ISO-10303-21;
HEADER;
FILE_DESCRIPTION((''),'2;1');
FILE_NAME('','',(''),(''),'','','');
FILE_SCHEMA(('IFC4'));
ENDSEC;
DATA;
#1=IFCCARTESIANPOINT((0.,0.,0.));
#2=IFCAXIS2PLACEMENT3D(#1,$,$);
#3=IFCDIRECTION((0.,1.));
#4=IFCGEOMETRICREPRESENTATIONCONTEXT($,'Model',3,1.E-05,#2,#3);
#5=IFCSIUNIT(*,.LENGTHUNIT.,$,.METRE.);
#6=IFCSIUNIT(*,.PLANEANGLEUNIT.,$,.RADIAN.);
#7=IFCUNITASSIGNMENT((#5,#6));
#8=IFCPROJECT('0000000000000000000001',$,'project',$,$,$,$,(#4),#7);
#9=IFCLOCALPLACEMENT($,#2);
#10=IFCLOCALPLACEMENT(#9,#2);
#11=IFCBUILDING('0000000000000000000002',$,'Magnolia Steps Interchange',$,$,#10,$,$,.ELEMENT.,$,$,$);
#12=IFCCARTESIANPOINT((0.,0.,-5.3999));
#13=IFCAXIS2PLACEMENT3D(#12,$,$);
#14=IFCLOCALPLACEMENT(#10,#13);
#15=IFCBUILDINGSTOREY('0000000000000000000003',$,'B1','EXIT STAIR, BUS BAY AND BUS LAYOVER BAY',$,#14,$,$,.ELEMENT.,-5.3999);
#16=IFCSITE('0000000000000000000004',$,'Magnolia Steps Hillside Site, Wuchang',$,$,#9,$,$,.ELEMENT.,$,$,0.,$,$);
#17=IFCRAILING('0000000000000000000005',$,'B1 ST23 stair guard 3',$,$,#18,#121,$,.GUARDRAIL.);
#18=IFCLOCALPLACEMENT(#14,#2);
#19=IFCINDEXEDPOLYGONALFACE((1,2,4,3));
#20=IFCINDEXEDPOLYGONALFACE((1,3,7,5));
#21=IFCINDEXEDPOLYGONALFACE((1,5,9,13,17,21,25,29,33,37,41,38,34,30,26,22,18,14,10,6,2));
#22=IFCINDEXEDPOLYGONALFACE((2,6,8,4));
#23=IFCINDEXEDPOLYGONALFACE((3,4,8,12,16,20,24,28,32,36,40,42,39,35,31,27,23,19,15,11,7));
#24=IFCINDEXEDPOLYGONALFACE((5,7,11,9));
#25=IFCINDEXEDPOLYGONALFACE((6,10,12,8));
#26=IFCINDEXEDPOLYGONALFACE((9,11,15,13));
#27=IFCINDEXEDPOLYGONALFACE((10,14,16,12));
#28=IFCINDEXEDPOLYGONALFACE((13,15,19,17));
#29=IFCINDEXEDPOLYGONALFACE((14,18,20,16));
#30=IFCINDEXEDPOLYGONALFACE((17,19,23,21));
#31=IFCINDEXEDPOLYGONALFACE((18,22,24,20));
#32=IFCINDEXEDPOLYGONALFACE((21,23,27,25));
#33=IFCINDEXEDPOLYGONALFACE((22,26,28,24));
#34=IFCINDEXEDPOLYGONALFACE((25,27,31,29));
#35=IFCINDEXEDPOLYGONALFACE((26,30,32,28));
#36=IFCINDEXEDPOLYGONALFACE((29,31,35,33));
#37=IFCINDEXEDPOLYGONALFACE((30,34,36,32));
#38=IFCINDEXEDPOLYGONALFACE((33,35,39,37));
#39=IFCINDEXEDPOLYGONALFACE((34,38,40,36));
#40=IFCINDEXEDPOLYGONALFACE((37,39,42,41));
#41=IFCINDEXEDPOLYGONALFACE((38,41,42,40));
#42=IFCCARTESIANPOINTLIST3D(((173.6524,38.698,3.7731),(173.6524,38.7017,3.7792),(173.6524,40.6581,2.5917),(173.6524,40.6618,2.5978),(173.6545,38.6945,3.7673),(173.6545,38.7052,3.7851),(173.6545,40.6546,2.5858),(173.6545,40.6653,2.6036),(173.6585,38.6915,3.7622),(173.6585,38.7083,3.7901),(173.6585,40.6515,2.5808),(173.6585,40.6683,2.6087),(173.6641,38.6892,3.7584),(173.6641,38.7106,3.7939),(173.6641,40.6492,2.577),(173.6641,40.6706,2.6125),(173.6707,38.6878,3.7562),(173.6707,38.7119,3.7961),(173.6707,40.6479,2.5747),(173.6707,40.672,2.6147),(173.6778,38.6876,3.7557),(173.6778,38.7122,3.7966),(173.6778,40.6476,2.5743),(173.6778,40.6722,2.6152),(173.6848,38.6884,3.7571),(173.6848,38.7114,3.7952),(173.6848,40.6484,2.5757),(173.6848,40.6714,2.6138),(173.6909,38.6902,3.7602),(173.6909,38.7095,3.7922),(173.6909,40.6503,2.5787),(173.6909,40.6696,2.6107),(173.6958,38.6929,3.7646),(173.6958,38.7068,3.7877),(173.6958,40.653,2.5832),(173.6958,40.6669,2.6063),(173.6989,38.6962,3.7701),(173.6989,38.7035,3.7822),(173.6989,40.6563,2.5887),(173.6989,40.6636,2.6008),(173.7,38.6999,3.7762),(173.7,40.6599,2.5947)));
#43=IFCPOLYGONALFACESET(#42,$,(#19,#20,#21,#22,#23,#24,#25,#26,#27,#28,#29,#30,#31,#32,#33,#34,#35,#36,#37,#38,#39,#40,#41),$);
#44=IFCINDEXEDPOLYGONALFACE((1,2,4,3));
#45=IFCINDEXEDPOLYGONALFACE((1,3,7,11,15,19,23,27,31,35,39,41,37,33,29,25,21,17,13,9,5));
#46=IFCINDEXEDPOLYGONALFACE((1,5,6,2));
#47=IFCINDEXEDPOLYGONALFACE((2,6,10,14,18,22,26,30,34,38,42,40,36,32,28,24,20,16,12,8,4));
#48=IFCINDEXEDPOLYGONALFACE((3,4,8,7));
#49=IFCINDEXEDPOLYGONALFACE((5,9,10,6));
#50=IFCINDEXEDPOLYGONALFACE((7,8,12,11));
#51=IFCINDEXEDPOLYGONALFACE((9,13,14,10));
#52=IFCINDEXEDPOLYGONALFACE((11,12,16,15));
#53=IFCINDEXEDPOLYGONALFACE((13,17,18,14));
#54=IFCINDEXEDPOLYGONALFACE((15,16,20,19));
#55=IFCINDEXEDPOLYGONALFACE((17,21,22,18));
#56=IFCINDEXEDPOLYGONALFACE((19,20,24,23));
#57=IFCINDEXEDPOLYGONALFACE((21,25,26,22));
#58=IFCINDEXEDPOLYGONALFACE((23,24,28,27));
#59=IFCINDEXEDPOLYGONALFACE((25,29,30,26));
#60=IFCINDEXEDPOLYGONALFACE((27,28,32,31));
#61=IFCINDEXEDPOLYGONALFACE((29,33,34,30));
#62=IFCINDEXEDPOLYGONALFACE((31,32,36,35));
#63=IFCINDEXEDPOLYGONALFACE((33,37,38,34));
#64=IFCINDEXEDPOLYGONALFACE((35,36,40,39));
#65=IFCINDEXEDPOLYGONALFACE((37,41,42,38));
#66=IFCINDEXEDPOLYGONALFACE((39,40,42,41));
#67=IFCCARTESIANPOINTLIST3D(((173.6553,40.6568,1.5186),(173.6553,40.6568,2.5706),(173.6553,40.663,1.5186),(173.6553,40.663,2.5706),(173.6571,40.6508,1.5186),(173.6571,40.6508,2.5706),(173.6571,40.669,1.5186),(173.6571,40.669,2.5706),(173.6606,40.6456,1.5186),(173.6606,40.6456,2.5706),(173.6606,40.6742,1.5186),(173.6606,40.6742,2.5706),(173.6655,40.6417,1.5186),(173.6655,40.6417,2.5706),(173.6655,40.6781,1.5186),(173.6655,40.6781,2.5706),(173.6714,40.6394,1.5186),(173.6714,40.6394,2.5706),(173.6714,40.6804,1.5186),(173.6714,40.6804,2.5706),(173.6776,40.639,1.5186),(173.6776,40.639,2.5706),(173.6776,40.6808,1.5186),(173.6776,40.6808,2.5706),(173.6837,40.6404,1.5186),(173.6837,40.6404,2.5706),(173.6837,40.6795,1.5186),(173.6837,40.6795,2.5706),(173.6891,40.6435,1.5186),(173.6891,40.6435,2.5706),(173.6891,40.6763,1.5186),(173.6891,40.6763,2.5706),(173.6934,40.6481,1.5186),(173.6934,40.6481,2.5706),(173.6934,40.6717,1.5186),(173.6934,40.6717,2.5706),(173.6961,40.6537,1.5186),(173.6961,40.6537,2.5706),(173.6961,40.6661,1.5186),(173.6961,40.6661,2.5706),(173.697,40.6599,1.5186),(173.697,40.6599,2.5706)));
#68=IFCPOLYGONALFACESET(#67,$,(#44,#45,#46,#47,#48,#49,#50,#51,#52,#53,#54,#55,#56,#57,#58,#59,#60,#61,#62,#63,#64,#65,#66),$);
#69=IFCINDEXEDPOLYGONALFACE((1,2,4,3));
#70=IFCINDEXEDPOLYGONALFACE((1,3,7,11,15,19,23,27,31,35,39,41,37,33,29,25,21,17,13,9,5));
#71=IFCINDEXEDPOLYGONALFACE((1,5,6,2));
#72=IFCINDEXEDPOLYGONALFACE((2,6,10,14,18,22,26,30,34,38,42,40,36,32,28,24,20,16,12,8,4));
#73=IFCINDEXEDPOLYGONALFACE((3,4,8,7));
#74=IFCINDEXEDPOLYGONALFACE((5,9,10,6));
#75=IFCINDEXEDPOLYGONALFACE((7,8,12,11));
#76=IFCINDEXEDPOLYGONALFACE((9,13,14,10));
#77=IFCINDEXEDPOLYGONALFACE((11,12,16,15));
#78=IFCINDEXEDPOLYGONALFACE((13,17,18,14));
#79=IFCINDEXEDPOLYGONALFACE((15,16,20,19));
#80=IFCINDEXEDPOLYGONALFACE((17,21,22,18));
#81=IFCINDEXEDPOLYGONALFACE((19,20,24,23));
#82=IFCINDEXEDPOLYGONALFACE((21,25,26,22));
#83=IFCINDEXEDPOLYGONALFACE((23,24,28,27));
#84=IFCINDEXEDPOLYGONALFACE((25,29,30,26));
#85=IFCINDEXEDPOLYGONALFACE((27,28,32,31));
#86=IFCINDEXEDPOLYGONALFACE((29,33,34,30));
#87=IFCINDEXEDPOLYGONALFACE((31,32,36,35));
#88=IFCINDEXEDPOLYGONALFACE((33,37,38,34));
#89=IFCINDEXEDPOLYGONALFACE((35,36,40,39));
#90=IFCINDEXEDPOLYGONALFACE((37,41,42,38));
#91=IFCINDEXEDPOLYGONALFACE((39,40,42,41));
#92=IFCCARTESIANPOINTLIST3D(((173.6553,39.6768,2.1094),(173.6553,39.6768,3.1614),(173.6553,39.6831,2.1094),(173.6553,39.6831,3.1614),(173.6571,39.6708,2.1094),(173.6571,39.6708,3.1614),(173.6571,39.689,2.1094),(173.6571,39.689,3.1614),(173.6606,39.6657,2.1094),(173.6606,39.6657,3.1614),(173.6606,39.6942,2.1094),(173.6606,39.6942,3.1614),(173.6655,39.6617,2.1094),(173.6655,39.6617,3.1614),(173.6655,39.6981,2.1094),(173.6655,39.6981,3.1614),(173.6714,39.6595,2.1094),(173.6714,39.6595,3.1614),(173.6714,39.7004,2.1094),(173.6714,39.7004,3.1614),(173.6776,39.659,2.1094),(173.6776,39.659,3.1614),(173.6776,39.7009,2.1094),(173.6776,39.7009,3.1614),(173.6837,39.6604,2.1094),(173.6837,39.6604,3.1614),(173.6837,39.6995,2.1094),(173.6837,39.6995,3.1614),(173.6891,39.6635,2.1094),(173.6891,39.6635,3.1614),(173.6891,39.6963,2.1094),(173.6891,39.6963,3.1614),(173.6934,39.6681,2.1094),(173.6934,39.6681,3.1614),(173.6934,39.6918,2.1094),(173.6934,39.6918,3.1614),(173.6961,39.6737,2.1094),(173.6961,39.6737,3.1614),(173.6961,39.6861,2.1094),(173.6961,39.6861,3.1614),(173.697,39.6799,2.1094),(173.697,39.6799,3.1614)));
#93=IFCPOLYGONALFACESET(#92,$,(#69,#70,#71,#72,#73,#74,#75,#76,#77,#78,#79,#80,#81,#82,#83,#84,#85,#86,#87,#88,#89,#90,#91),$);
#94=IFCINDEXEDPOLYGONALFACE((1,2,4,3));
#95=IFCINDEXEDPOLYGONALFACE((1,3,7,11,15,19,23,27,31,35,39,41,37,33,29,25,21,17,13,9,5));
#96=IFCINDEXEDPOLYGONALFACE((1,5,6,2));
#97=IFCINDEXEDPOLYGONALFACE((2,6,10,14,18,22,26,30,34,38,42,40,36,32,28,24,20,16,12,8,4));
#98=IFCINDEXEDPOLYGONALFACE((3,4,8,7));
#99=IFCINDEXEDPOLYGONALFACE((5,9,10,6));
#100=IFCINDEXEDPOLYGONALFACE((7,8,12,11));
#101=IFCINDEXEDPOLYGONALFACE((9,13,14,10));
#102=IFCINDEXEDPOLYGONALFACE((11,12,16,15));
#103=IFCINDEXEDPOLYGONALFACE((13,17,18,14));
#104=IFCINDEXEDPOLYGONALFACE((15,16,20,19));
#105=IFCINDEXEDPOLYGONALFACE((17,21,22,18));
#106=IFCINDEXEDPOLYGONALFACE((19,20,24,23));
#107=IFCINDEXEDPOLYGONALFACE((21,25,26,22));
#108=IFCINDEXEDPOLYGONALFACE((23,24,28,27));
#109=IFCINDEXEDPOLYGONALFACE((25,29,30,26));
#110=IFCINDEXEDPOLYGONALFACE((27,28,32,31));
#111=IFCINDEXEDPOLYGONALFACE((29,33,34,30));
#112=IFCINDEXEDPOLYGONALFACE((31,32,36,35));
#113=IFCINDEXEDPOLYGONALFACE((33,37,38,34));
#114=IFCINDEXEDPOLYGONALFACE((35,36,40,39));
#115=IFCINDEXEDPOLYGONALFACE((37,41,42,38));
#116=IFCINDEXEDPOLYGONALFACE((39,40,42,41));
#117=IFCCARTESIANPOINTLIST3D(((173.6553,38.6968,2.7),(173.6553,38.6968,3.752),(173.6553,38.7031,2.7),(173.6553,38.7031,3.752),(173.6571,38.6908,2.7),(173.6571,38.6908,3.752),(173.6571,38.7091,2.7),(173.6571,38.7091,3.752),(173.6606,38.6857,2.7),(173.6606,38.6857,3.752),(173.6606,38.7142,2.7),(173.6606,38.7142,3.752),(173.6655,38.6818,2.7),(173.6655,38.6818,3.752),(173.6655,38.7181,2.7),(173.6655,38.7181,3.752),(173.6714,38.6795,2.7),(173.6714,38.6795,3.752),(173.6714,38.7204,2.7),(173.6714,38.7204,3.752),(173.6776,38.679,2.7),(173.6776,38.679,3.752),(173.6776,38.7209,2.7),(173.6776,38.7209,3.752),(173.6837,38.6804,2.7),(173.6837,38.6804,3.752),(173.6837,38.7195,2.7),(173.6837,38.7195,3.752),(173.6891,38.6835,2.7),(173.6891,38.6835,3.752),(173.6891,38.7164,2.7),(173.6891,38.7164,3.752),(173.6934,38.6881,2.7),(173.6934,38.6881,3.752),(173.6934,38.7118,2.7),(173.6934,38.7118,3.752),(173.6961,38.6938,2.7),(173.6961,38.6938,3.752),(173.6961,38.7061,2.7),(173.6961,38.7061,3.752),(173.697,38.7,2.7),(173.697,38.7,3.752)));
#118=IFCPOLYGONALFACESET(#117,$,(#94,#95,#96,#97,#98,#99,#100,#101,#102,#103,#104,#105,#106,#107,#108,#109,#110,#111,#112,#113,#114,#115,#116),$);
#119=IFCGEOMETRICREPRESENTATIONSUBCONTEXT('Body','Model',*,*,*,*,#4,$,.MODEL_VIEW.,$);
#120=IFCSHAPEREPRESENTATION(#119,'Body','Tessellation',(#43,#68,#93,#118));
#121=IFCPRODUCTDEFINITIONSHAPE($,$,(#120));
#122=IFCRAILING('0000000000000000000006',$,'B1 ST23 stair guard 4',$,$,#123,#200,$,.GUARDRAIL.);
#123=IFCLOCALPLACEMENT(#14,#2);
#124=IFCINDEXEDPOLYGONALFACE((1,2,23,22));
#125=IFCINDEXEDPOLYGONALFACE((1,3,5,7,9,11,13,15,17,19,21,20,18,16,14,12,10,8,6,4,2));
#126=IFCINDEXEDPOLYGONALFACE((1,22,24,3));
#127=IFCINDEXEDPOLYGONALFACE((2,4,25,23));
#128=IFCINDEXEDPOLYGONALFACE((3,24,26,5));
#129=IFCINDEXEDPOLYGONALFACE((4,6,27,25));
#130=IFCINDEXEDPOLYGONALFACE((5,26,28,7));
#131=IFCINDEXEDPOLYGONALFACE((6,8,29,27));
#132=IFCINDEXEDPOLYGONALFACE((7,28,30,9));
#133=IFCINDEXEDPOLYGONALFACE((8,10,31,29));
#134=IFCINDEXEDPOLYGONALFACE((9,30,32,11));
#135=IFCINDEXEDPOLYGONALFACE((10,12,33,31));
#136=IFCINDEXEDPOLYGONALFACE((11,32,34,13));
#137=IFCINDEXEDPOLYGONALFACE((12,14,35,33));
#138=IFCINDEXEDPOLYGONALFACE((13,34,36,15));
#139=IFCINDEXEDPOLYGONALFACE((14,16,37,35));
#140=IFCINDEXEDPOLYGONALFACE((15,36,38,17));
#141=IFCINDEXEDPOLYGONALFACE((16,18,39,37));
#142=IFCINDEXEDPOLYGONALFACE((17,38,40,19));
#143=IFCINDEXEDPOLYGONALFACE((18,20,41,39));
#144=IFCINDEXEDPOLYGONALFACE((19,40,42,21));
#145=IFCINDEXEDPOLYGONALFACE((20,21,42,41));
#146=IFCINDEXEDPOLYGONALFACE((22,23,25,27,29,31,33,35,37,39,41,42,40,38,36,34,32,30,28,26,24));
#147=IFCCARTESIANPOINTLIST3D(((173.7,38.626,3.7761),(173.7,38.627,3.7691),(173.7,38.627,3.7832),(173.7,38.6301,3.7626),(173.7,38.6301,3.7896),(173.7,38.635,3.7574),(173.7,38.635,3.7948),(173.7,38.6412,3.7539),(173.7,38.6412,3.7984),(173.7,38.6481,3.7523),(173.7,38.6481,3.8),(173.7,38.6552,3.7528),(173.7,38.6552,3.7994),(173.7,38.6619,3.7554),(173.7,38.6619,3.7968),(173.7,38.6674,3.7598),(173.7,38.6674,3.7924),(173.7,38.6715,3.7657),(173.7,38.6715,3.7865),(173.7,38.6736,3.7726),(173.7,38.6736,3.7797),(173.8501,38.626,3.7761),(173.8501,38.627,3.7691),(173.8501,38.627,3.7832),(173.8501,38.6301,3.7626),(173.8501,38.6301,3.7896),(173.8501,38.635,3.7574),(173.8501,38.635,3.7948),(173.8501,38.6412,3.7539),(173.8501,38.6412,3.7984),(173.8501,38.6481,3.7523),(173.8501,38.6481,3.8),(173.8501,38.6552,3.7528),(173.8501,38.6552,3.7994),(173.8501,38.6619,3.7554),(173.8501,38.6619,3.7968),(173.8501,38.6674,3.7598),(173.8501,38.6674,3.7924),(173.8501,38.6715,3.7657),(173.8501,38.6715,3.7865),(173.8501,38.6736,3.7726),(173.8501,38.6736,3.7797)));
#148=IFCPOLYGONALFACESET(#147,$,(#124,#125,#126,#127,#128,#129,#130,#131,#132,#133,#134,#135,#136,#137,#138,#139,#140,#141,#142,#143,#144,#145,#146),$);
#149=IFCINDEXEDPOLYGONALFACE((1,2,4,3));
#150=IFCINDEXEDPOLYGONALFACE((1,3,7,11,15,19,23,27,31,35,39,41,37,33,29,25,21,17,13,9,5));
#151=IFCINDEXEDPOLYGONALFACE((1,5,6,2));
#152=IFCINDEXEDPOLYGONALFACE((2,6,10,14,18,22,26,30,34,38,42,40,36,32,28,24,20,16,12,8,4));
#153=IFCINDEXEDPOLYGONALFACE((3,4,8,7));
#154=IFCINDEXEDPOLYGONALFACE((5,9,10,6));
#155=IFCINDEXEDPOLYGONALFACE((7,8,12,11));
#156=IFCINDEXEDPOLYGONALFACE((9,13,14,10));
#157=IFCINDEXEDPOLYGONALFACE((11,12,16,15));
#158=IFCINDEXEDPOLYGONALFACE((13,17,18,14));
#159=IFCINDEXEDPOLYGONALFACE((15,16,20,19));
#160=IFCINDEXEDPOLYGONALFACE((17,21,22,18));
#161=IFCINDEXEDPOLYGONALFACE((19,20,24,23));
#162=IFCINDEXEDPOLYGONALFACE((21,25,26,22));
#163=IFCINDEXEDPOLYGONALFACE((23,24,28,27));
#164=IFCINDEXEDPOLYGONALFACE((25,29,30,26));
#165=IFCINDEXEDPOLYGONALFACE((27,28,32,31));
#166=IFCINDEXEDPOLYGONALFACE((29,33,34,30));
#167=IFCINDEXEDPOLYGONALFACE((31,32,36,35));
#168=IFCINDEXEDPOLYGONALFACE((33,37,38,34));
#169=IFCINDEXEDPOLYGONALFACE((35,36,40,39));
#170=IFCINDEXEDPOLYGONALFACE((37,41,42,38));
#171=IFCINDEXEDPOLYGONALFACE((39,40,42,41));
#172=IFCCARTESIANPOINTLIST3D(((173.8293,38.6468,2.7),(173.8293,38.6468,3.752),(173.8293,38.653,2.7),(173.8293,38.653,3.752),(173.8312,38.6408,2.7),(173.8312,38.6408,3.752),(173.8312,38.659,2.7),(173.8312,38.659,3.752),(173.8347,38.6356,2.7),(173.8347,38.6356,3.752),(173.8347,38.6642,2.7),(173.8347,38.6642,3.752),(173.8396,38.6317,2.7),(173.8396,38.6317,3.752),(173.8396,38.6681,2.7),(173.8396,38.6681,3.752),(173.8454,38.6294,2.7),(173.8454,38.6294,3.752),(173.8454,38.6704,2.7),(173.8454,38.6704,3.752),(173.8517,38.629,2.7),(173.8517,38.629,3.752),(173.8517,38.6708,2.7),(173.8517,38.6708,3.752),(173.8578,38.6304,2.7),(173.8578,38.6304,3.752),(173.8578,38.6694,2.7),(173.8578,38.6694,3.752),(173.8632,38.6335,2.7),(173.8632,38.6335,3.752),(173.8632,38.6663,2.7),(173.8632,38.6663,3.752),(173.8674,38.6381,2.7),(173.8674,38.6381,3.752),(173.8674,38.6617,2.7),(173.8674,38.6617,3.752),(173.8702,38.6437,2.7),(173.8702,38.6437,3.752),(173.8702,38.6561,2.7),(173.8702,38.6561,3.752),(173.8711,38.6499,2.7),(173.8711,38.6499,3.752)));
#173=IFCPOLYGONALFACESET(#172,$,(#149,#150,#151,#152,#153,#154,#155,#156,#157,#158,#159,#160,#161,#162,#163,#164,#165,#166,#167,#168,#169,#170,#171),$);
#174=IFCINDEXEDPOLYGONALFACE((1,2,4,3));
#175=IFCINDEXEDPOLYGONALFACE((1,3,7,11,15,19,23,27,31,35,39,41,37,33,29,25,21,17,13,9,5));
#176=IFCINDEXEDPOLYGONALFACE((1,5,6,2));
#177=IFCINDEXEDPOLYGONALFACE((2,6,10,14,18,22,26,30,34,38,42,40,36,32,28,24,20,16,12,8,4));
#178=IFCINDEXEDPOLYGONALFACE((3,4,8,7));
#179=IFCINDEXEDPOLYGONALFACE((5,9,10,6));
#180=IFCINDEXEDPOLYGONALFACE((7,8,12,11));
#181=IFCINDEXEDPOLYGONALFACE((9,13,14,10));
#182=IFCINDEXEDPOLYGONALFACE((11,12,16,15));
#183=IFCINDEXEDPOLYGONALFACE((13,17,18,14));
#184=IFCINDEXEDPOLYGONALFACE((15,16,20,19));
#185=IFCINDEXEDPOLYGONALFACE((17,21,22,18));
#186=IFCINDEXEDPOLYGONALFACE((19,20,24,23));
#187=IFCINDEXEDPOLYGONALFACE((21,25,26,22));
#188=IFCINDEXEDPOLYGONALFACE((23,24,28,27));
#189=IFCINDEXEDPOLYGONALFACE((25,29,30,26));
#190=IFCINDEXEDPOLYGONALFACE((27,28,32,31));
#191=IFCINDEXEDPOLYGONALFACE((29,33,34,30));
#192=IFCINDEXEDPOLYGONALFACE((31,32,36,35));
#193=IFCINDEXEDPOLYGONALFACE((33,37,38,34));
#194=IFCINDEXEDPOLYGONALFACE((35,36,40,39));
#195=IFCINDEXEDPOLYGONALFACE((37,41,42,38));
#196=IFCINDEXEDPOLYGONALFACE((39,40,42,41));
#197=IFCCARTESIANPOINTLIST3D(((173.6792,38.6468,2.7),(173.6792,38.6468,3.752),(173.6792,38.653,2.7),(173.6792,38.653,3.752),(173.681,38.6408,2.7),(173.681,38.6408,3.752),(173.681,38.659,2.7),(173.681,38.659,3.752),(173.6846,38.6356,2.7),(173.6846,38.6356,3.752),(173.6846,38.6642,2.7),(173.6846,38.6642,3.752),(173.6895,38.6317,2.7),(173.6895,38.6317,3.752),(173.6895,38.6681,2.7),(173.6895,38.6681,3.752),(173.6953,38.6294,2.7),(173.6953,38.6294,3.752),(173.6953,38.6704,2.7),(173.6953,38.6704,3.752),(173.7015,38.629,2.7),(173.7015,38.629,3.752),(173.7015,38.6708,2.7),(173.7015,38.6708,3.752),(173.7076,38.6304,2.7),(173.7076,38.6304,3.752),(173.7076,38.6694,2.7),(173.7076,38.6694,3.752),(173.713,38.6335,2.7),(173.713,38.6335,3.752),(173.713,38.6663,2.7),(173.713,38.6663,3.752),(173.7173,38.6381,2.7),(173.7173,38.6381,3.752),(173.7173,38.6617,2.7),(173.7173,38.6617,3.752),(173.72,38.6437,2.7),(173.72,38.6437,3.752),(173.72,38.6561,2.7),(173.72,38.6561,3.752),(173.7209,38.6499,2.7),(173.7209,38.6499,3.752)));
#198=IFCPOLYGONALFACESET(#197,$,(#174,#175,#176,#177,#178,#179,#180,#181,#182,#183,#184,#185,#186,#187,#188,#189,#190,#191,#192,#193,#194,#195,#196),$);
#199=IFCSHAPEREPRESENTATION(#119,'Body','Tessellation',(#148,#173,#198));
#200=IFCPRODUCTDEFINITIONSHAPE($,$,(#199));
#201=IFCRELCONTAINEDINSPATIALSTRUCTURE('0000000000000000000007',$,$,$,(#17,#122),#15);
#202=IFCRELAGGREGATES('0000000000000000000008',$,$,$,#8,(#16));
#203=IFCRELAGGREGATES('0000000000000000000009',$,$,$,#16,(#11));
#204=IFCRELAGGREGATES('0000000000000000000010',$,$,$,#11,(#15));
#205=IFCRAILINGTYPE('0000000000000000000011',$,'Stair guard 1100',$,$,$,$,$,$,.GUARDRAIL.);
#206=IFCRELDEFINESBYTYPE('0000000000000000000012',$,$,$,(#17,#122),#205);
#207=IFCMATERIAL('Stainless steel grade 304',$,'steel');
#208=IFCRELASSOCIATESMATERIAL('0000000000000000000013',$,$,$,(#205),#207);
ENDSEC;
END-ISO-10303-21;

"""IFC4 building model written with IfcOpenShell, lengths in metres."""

from ifc_helpers import new_model, si_unit, direction, frame, origin, origin_2d, place, context, subcontext, project, spatial, circle, extrude, material, type_object, element, save


model = new_model("IFC4")

# Units and contexts
model_context = context("Model", 3, precision=1e-05, world=origin(), true_north=direction((0.0, 1.0)))
body_context = subcontext(model_context, "Body", "Model", "MODEL_VIEW")
ifc_project = project(units=[si_unit("LENGTHUNIT", "METRE"), si_unit("PLANEANGLEUNIT", "RADIAN")], contexts=[model_context])

# Site, building, storey
site_placement = place(None, origin())
site = spatial("IfcSite", under=ifc_project, at=site_placement, Name="Magnolia Steps Hillside Site, Wuchang", CompositionType="ELEMENT", RefElevation=0.0)
building_placement = place(site_placement, origin())
building = spatial("IfcBuilding", under=site, at=building_placement, Name="Magnolia Steps Interchange", CompositionType="ELEMENT")
storey_placement = place(building_placement, frame((0.0, 0.0, -5.3999)))
storey = spatial("IfcBuildingStorey", under=building, at=storey_placement, Name="B1", Description="EXIT STAIR, BUS BAY AND BUS LAYOVER BAY", CompositionType="ELEMENT", Elevation=-5.3999)

# Railings
ifc_material_1 = material(Name="Stainless steel grade 304", Category="steel")
railing_type_1 = type_object("IfcRailingType", Name="Stair guard 1100", PredefinedType="GUARDRAIL", material=ifc_material_1)
railing_1_placement = place(storey_placement, frame((173.676, 40.6599, 1.5186)))
element("IfcRailing", 1, at=railing_1_placement, inside=storey, type_object=railing_type_1, Name="B1 ST23 stair guard 3", PredefinedType="GUARDRAIL", context=body_context, shape_type="SweptSolid", body=[
    extrude(circle(Radius=0.0239, at=origin_2d()), frame((0.0, 0.0, 1.0762), z_axis=(0.0, -0.856446, 0.516236), x_axis=(1.0, 0.0, 0.0)), (0.0, 0.0, 1.0), 2.2886),
    extrude(circle(Radius=0.021, at=origin_2d()), origin(), (0.0, 0.0, 1.0), 1.052),
    extrude(circle(Radius=0.021, at=origin_2d()), frame((0.0, -0.98, 0.5908)), (0.0, 0.0, 1.0), 1.052),
    extrude(circle(Radius=0.021, at=origin_2d()), frame((0.0, -1.96, 1.1814)), (0.0, 0.0, 1.0), 1.052),
])
railing_2_placement = place(storey_placement, frame((173.8501, 38.6499, 2.7)))
element("IfcRailing", 2, at=railing_2_placement, inside=storey, type_object=railing_type_1, Name="B1 ST23 stair guard 4", PredefinedType="GUARDRAIL", context=body_context, shape_type="SweptSolid", body=[
    extrude(circle(Radius=0.0239, at=origin_2d()), frame((0.0, 0.0, 1.0762), z_axis=(-1.0, 0.0, 0.0), x_axis=(0.0, -1.0, 0.0)), (0.0, 0.0, 1.0), 0.1501),
    extrude(circle(Radius=0.021, at=origin_2d()), origin(), (0.0, 0.0, 1.0), 1.052),
    extrude(circle(Radius=0.021, at=origin_2d()), frame((-0.1501, 0.0, 0.0)), (0.0, 0.0, 1.0), 1.052),
])

save(model, "model.ifc")
